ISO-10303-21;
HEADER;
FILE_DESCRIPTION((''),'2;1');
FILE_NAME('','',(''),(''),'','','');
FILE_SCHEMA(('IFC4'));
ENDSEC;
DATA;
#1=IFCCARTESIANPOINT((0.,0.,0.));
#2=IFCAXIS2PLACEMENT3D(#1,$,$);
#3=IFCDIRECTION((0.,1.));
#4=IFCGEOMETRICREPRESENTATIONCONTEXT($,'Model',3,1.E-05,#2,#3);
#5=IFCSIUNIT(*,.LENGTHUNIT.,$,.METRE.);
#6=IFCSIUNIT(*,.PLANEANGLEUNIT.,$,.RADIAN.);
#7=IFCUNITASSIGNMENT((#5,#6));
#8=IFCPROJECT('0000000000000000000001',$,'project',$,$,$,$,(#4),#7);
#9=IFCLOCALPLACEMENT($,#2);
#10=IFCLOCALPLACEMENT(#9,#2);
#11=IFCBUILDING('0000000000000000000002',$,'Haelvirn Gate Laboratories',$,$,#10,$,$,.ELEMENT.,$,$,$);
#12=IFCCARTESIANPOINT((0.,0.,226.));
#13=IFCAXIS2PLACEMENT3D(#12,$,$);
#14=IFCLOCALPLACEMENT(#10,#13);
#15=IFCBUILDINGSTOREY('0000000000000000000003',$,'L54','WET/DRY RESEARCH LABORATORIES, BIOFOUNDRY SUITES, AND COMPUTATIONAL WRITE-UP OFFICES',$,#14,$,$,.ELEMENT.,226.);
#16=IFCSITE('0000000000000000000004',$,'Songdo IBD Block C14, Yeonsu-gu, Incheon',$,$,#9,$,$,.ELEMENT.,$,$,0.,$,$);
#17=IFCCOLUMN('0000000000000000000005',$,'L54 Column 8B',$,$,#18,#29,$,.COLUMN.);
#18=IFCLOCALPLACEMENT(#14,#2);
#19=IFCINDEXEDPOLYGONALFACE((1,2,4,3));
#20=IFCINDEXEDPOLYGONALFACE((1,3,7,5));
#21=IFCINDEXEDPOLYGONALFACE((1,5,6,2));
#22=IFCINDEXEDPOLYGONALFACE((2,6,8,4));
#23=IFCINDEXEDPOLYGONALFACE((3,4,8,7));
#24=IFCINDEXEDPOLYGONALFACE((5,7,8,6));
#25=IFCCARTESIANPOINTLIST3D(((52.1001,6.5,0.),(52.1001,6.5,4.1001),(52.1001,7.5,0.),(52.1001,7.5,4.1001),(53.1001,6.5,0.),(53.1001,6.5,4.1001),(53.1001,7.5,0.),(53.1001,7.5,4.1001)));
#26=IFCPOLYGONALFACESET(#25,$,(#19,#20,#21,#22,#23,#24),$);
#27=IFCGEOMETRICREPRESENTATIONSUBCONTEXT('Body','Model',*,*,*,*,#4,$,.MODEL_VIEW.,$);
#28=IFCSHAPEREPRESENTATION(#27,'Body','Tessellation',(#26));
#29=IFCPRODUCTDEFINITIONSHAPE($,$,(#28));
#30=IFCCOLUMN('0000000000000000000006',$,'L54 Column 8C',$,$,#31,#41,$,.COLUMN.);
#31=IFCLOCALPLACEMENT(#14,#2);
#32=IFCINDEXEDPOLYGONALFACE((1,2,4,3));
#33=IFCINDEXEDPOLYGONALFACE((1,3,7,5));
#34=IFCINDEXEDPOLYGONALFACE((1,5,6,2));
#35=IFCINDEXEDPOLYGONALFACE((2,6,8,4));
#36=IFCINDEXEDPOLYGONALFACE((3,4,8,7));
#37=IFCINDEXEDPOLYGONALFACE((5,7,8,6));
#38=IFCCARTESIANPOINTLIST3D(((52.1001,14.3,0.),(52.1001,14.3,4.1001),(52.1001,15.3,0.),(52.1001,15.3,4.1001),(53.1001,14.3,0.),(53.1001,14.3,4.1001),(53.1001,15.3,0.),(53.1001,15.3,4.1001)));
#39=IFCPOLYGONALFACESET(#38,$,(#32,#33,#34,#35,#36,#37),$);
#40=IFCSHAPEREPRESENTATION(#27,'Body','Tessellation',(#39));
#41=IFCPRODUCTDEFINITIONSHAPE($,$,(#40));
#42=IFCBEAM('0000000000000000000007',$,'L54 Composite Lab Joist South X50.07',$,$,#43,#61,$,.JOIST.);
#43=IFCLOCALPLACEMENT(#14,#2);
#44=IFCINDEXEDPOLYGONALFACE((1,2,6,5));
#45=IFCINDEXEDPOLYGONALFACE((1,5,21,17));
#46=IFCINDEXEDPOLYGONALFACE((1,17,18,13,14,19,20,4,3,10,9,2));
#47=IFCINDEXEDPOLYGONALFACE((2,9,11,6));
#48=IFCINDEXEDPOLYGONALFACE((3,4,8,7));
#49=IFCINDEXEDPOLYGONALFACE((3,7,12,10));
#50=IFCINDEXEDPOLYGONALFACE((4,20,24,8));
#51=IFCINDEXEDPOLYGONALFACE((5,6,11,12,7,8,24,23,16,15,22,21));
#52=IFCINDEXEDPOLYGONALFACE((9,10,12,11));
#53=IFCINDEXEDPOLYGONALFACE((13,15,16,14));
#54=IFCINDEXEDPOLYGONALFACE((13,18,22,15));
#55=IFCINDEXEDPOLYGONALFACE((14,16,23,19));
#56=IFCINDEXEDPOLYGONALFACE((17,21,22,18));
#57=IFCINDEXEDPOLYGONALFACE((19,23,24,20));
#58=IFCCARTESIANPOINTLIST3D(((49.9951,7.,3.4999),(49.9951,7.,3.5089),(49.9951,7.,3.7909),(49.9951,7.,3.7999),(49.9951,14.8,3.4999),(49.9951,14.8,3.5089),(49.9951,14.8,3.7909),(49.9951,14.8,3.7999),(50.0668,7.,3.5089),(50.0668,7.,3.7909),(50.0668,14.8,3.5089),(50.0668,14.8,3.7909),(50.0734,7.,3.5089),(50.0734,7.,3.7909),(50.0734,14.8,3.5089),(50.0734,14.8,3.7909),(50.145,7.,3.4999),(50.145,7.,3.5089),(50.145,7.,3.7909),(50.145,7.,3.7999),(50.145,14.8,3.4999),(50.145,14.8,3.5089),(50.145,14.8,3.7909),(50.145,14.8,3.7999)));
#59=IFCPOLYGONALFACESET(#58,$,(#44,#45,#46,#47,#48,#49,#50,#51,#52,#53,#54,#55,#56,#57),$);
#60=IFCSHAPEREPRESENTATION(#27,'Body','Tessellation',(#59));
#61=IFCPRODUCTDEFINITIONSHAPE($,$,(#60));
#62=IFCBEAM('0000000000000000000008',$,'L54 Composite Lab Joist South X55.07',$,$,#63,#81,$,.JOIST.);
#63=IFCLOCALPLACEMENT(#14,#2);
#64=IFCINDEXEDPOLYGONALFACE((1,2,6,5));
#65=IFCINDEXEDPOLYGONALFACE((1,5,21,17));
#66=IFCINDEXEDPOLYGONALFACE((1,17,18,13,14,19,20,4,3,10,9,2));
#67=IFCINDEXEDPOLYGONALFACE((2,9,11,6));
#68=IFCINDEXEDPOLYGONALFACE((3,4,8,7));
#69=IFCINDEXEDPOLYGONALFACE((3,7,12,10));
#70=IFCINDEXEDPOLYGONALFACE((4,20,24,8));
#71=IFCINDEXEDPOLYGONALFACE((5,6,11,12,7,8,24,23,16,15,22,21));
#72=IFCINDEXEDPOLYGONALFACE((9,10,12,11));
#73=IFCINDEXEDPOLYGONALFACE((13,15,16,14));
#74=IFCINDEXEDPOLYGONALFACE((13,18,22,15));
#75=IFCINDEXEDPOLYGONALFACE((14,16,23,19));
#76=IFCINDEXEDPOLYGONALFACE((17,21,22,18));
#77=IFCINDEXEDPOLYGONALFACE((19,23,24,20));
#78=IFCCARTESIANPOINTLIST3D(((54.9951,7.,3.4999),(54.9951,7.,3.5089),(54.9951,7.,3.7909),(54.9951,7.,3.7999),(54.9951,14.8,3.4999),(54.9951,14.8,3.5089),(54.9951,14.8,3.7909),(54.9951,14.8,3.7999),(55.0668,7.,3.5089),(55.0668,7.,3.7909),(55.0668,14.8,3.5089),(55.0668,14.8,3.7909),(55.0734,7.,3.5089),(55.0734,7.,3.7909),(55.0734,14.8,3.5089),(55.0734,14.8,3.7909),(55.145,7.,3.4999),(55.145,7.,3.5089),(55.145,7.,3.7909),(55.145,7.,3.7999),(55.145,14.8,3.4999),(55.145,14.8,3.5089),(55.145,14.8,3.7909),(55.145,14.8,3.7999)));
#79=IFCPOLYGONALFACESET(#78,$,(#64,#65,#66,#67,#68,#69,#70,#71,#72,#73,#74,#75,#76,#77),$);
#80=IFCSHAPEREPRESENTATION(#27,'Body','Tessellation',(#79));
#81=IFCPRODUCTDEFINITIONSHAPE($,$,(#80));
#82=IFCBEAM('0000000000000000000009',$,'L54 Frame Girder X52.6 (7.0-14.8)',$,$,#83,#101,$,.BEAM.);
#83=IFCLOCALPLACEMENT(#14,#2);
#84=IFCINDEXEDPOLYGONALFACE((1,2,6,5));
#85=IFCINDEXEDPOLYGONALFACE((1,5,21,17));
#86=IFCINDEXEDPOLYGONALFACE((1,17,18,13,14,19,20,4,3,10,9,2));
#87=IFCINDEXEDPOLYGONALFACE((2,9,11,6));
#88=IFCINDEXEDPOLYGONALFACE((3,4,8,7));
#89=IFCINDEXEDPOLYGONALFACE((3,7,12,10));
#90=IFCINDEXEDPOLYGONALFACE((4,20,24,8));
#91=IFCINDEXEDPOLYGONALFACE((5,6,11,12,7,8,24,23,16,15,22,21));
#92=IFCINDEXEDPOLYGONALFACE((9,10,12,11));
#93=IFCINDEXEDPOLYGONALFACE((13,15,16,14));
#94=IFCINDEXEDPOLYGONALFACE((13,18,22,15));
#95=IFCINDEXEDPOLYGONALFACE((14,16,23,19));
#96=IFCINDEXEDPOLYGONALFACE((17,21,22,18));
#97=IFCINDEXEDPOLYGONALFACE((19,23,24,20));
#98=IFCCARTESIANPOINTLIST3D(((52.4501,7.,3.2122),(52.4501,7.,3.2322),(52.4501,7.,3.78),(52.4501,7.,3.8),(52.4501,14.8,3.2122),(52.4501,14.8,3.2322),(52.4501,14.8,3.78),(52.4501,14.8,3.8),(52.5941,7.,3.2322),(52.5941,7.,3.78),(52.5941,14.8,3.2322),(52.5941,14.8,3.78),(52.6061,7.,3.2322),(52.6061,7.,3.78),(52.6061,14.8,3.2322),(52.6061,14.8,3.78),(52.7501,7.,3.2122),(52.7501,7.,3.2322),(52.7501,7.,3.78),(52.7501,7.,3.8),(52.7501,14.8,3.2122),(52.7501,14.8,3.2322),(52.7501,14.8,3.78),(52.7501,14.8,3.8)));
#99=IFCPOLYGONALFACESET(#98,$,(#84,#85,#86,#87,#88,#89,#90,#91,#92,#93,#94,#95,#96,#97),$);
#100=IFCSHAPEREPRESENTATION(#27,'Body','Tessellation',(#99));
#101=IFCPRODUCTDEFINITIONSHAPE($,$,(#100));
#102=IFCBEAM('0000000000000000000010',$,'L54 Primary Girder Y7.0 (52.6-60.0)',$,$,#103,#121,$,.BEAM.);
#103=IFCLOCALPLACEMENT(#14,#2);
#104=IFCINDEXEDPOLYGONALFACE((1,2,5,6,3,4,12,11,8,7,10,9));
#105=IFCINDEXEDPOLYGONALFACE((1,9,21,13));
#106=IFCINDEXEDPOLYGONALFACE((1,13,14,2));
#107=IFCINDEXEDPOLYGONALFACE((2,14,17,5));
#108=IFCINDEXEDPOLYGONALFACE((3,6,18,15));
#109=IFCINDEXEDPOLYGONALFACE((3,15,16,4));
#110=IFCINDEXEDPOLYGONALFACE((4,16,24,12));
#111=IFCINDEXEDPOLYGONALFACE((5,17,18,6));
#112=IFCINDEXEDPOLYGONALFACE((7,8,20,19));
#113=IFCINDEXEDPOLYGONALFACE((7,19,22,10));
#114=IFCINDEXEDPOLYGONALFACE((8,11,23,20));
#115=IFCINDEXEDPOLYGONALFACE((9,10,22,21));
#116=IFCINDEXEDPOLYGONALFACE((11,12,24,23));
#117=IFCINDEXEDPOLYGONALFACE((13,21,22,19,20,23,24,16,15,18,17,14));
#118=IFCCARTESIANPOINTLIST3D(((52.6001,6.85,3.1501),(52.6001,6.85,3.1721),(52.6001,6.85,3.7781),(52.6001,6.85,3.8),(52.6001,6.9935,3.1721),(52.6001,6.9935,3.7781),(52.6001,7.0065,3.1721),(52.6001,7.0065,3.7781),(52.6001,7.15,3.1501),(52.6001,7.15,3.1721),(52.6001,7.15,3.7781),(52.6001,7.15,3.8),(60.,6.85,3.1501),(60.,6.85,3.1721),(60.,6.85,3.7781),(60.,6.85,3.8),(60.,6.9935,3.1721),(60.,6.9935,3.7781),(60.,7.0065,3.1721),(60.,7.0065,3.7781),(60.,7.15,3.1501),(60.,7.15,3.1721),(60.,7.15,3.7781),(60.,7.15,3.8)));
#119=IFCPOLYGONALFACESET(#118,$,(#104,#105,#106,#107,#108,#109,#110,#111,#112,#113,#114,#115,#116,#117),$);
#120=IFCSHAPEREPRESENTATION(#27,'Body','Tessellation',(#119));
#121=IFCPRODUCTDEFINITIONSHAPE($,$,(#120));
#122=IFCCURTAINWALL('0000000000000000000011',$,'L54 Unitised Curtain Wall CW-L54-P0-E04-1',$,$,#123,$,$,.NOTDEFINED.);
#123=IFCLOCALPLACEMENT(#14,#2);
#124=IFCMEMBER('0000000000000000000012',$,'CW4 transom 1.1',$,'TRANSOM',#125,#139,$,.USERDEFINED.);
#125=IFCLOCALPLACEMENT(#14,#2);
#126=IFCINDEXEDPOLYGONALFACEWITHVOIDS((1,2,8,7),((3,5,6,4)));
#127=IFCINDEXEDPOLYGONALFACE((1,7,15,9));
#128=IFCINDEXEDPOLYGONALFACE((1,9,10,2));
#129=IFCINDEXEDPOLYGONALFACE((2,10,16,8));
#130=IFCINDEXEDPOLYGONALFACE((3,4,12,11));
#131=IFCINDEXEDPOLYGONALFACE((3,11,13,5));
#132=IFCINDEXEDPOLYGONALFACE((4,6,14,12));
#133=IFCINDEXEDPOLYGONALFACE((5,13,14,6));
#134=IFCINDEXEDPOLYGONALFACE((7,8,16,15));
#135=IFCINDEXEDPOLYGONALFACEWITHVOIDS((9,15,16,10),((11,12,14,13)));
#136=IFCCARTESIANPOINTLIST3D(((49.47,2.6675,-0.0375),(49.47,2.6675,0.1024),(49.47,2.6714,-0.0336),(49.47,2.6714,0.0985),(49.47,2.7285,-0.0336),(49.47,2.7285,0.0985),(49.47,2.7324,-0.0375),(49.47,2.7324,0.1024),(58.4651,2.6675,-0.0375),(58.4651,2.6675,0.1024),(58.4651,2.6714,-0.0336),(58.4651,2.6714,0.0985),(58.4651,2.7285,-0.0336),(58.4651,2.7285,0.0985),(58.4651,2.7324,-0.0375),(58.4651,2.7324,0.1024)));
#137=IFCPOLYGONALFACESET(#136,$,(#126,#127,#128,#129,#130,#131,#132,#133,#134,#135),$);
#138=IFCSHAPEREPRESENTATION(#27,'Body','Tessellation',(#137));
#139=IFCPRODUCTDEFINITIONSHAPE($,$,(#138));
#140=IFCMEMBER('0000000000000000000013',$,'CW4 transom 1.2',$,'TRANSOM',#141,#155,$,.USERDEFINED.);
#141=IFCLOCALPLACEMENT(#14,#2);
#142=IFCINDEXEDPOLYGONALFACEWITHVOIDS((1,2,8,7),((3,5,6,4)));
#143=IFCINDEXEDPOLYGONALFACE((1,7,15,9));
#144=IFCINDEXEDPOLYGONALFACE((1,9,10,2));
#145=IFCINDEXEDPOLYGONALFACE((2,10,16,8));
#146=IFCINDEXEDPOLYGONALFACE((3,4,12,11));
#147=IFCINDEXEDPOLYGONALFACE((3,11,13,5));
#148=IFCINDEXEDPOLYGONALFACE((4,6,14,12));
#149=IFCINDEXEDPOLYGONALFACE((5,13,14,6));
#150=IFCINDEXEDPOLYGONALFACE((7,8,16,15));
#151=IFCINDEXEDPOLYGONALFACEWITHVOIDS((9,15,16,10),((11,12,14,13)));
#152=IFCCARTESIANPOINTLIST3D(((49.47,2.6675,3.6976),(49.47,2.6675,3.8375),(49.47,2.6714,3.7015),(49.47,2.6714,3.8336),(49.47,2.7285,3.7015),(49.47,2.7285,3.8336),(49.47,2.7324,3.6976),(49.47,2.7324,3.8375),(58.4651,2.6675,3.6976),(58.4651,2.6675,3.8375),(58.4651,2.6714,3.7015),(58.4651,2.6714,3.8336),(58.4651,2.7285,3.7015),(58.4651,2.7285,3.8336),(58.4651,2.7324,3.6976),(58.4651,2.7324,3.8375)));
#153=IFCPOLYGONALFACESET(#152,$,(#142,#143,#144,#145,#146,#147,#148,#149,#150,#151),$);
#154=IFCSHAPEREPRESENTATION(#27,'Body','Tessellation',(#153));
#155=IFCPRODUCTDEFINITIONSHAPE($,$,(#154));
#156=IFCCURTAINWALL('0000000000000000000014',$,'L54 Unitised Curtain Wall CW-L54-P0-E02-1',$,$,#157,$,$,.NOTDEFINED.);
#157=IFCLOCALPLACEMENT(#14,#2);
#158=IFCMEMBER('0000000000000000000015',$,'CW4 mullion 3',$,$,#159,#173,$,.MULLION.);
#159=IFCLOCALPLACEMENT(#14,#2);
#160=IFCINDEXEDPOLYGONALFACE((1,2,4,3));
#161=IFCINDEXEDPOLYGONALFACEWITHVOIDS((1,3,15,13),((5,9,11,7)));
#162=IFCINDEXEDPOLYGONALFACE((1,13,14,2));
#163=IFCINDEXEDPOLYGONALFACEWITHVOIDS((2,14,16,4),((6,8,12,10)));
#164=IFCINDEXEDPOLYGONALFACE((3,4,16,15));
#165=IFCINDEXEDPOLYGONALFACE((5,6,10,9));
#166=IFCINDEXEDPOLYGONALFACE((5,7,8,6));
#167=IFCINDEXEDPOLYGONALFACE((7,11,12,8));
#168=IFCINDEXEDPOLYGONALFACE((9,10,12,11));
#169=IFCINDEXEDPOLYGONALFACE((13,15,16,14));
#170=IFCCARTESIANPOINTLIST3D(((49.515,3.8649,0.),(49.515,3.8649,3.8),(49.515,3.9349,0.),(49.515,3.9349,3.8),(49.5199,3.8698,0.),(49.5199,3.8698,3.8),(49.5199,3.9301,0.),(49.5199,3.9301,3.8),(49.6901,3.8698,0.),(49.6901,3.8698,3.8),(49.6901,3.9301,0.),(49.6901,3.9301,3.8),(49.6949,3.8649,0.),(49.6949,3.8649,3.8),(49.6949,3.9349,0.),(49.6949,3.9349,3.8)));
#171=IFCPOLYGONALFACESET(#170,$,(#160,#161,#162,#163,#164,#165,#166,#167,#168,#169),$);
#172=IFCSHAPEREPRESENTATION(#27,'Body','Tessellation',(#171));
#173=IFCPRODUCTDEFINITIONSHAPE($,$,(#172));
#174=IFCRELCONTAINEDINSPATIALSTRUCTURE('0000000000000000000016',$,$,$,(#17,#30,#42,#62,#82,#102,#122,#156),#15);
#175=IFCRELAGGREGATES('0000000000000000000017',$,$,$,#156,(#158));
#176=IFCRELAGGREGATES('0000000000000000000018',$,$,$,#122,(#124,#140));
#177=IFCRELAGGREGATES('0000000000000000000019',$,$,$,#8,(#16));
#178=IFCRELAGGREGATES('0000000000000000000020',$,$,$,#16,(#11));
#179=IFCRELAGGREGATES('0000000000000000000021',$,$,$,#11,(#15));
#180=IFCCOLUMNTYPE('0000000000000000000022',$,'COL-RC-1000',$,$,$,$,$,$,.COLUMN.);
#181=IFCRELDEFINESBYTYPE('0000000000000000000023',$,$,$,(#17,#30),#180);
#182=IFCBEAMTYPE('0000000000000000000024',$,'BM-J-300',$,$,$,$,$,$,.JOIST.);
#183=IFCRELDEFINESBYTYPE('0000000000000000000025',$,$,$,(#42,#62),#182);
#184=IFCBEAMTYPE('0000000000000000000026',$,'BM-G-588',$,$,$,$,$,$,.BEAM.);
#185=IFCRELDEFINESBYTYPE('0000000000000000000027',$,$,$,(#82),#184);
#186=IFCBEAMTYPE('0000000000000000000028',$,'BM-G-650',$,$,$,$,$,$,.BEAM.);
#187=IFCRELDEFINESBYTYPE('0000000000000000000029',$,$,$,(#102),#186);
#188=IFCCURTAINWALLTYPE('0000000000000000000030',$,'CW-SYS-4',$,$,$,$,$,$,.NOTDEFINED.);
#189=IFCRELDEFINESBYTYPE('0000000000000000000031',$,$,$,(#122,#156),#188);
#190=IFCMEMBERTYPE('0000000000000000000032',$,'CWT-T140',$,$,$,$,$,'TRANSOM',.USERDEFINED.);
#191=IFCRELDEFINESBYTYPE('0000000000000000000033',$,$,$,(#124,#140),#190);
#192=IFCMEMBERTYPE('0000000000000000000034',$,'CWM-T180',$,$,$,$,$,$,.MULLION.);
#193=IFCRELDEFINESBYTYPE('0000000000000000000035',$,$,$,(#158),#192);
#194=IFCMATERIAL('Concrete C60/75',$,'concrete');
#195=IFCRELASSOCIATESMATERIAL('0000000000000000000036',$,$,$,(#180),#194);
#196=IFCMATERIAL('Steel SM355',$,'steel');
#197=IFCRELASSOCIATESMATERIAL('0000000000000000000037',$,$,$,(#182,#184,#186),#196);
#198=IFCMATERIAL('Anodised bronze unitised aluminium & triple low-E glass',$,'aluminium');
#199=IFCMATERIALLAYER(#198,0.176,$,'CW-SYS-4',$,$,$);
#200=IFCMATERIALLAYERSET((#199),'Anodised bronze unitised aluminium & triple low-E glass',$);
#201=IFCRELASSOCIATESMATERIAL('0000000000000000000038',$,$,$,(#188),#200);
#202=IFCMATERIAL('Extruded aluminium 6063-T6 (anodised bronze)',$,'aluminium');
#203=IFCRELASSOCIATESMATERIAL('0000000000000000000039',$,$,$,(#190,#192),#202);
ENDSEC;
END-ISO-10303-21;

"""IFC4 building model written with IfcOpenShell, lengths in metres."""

from ifc_helpers import new_model, si_unit, direction, frame, origin, origin_2d, place, context, subcontext, project, spatial, rectangle, hollow_rectangle, i_section, extrude, source, transform, mapped, material, layer, layer_set, material_profile, profile_set, type_object, type_shapes, element, aggregate, save


model = new_model("IFC4")

# Units and contexts
model_context = context("Model", 3, precision=1e-05, world=origin(), true_north=direction((0.0, 1.0)))
body_context = subcontext(model_context, "Body", "Model", "MODEL_VIEW")
ifc_project = project(units=[si_unit("LENGTHUNIT", "METRE"), si_unit("PLANEANGLEUNIT", "RADIAN")], contexts=[model_context])

# Site, building, storey
site_placement = place(None, origin())
site = spatial("IfcSite", under=ifc_project, at=site_placement, Name="Songdo IBD Block C14, Yeonsu-gu, Incheon", CompositionType="ELEMENT", RefElevation=0.0)
building_placement = place(site_placement, origin())
building = spatial("IfcBuilding", under=site, at=building_placement, Name="Haelvirn Gate Laboratories", CompositionType="ELEMENT")
storey_placement = place(building_placement, frame((0.0, 0.0, 226.0)))
storey = spatial("IfcBuildingStorey", under=building, at=storey_placement, Name="L54", Description="WET/DRY RESEARCH LABORATORIES, BIOFOUNDRY SUITES, AND COMPUTATIONAL WRITE-UP OFFICES", CompositionType="ELEMENT", Elevation=226.0)

# Columns
ifc_material_1 = material(Name="Concrete C60/75", Category="concrete")
ifc_material_profile_1 = material_profile(ifc_material_1, rectangle(XDim=1.0, YDim=1.0, at=origin_2d()), Name="RC-1000x1000")
ifc_profile_set_1 = profile_set([ifc_material_profile_1], Name="Concrete C60/75")
column_type = type_object("IfcColumnType", Name="COL-RC-1000", PredefinedType="COLUMN", material=ifc_profile_set_1)
shared_shape_1 = source(origin(), body_context, "Body", "SweptSolid", [
    extrude(rectangle(XDim=1.0, YDim=1.0, at=origin_2d()), origin(), (0.0, 0.0, 1.0), 4.1001),
])
type_shapes(column_type, [shared_shape_1])
for number, where, z_axis, x_axis, name in (
    (1, (52.6001, 7.0, 0.0), (0.0, 0.0, 1.0), (1.0, 0.0, 0.0), "L54 Column 8B"),
    (2, (52.6001, 14.8, 0.0), (0.0, 0.0, 1.0), (1.0, 0.0, 0.0), "L54 Column 8C"),
):
    element("IfcColumn", number, at=place(storey_placement, frame(where, z_axis=z_axis, x_axis=x_axis)), inside=storey, type_object=column_type, Name=name, PredefinedType="COLUMN", context=body_context, shape_type="MappedRepresentation", body=[
        mapped(shared_shape_1, transform((0.0, 0.0, 0.0), scale=1.0)),
    ])

# Beams
ifc_material_2 = material(Name="Steel SM355", Category="steel")
ifc_material_profile_2 = material_profile(ifc_material_2, i_section(OverallWidth=0.1499, OverallDepth=0.3, WebThickness=0.0066, FlangeThickness=0.009, at=origin_2d()), Name="H-300x150x6.5x9")
ifc_profile_set_2 = profile_set([ifc_material_profile_2], Name="Steel SM355")
beam_type_1 = type_object("IfcBeamType", Name="BM-J-300", PredefinedType="JOIST", material=ifc_profile_set_2)
shared_shape_2 = source(origin(), body_context, "Body", "SweptSolid", [
    extrude(i_section(OverallWidth=0.1499, OverallDepth=0.3, WebThickness=0.0066, FlangeThickness=0.009, at=origin_2d()), origin(), (0.0, 0.0, 1.0), 7.8),
])
type_shapes(beam_type_1, [shared_shape_2])
for number, where, z_axis, x_axis, name in (
    (3, (50.0701, 7.0, 3.6499), (0.0, 1.0, 0.0), (-1.0, 0.0, 0.0), "L54 Composite Lab Joist South X50.07"),
    (4, (55.0701, 7.0, 3.6499), (0.0, 1.0, 0.0), (-1.0, 0.0, 0.0), "L54 Composite Lab Joist South X55.07"),
):
    element("IfcBeam", number, at=place(storey_placement, frame(where, z_axis=z_axis, x_axis=x_axis)), inside=storey, type_object=beam_type_1, Name=name, PredefinedType="JOIST", context=body_context, shape_type="MappedRepresentation", body=[
        mapped(shared_shape_2, transform((0.0, 0.0, 0.0), scale=1.0)),
    ])
ifc_material_profile_3 = material_profile(ifc_material_2, i_section(OverallWidth=0.3, OverallDepth=0.5879, WebThickness=0.012, FlangeThickness=0.02, at=origin_2d()), Name="H-588x300x12x20")
ifc_profile_set_3 = profile_set([ifc_material_profile_3], Name="Steel SM355")
beam_type_2 = type_object("IfcBeamType", Name="BM-G-588", PredefinedType="BEAM", material=ifc_profile_set_3)
shared_shape_3 = source(origin(), body_context, "Body", "SweptSolid", [
    extrude(i_section(OverallWidth=0.3, OverallDepth=0.5879, WebThickness=0.012, FlangeThickness=0.02, at=origin_2d()), origin(), (0.0, 0.0, 1.0), 7.8),
])
type_shapes(beam_type_2, [shared_shape_3])
beam_1_placement = place(storey_placement, frame((52.6001, 7.0, 3.5061), z_axis=(0.0, 1.0, 0.0), x_axis=(-1.0, 0.0, 0.0)))
element("IfcBeam", 5, at=beam_1_placement, inside=storey, type_object=beam_type_2, Name="L54 Frame Girder X52.6 (7.0-14.8)", PredefinedType="BEAM", context=body_context, shape_type="MappedRepresentation", body=[
    mapped(shared_shape_3, transform((0.0, 0.0, 0.0), scale=1.0)),
])
ifc_material_profile_4 = material_profile(ifc_material_2, i_section(OverallWidth=0.3, OverallDepth=0.6499, WebThickness=0.0129, FlangeThickness=0.022, at=origin_2d()), Name="H-650x300x13x22")
ifc_profile_set_4 = profile_set([ifc_material_profile_4], Name="Steel SM355")
beam_type_3 = type_object("IfcBeamType", Name="BM-G-650", PredefinedType="BEAM", material=ifc_profile_set_4)
shared_shape_4 = source(origin(), body_context, "Body", "SweptSolid", [
    extrude(i_section(OverallWidth=0.3, OverallDepth=0.6499, WebThickness=0.0129, FlangeThickness=0.022, at=origin_2d()), origin(), (0.0, 0.0, 1.0), 7.3999),
])
type_shapes(beam_type_3, [shared_shape_4])
beam_2_placement = place(storey_placement, frame((52.6001, 7.0, 3.4751), z_axis=(1.0, 0.0, 0.0), x_axis=(0.0, 1.0, 0.0)))
element("IfcBeam", 6, at=beam_2_placement, inside=storey, type_object=beam_type_3, Name="L54 Primary Girder Y7.0 (52.6-60.0)", PredefinedType="BEAM", context=body_context, shape_type="MappedRepresentation", body=[
    mapped(shared_shape_4, transform((0.0, 0.0, 0.0), scale=1.0)),
])

# Curtain wall, members
ifc_material_3 = material(Name="Anodised bronze unitised aluminium & triple low-E glass", Category="aluminium")
ifc_layer_1 = layer(ifc_material_3, 0.176, Name="CW-SYS-4")
ifc_layer_set_1 = layer_set([ifc_layer_1], Name="Anodised bronze unitised aluminium & triple low-E glass")
curtain_wall_type = type_object("IfcCurtainWallType", Name="CW-SYS-4", PredefinedType="NOTDEFINED", material=ifc_layer_set_1)
curtain_wall_1_placement = place(storey_placement, origin())
curtain_wall_1 = element("IfcCurtainWall", 7, at=curtain_wall_1_placement, inside=storey, type_object=curtain_wall_type, Name="L54 Unitised Curtain Wall CW-L54-P0-E04-1", PredefinedType="NOTDEFINED")
ifc_material_4 = material(Name="Extruded aluminium 6063-T6 (anodised bronze)", Category="aluminium")
ifc_material_profile_5 = material_profile(ifc_material_4, hollow_rectangle(XDim=0.0649, YDim=0.1399, WallThickness=0.0039, at=origin_2d()), Name="CWT-140x65x4")
ifc_profile_set_5 = profile_set([ifc_material_profile_5], Name="Extruded aluminium 6063-T6 (anodised bronze)")
member_type_1 = type_object("IfcMemberType", Name="CWT-T140", ElementType="TRANSOM", PredefinedType="USERDEFINED", material=ifc_profile_set_5)
shared_shape_5 = source(origin(), body_context, "Body", "SweptSolid", [
    extrude(hollow_rectangle(XDim=0.0649, YDim=0.1399, WallThickness=0.0039, at=origin_2d()), origin(), (0.0, 0.0, 1.0), 8.9951),
])
type_shapes(member_type_1, [shared_shape_5])
member_1_placement = place(storey_placement, frame((49.47, 2.7, 0.0325), z_axis=(1.0, 0.0, 0.0), x_axis=(0.0, 1.0, 0.0)))
member_1 = element("IfcMember", 8, at=member_1_placement, type_object=member_type_1, Name="CW4 transom 1.1", ObjectType="TRANSOM", PredefinedType="USERDEFINED", context=body_context, shape_type="MappedRepresentation", body=[
    mapped(shared_shape_5, transform((0.0, 0.0, 0.0), scale=1.0)),
])
member_2_placement = place(storey_placement, frame((49.47, 2.7, 3.7676), z_axis=(1.0, 0.0, 0.0), x_axis=(0.0, 1.0, 0.0)))
member_2 = element("IfcMember", 9, at=member_2_placement, type_object=member_type_1, Name="CW4 transom 1.2", ObjectType="TRANSOM", PredefinedType="USERDEFINED", context=body_context, shape_type="MappedRepresentation", body=[
    mapped(shared_shape_5, transform((0.0, 0.0, 0.0), scale=1.0)),
])

# Curtain wall, member
curtain_wall_2_placement = place(storey_placement, origin())
curtain_wall_2 = element("IfcCurtainWall", 10, at=curtain_wall_2_placement, inside=storey, type_object=curtain_wall_type, Name="L54 Unitised Curtain Wall CW-L54-P0-E02-1", PredefinedType="NOTDEFINED")
ifc_material_profile_6 = material_profile(ifc_material_4, hollow_rectangle(XDim=0.0701, YDim=0.1799, WallThickness=0.0049, at=origin_2d()), Name="CWM-180x70x5")
ifc_profile_set_6 = profile_set([ifc_material_profile_6], Name="Extruded aluminium 6063-T6 (anodised bronze)")
member_type_2 = type_object("IfcMemberType", Name="CWM-T180", PredefinedType="MULLION", material=ifc_profile_set_6)
shared_shape_6 = source(origin(), body_context, "Body", "SweptSolid", [
    extrude(hollow_rectangle(XDim=0.0701, YDim=0.1799, WallThickness=0.0049, at=origin_2d()), origin(), (0.0, 0.0, 1.0), 3.8),
])
type_shapes(member_type_2, [shared_shape_6])
member_3_placement = place(storey_placement, frame((49.605, 3.8999, 0.0), z_axis=(0.0, 0.0, 1.0), x_axis=(0.0, 1.0, 0.0)))
member_3 = element("IfcMember", 11, at=member_3_placement, type_object=member_type_2, Name="CW4 mullion 3", PredefinedType="MULLION", context=body_context, shape_type="MappedRepresentation", body=[
    mapped(shared_shape_6, transform((0.0, 0.0, 0.0), scale=1.0)),
])
aggregate(curtain_wall_2, [member_3])

aggregate(curtain_wall_1, [member_1, member_2])

save(model, "model.ifc")
